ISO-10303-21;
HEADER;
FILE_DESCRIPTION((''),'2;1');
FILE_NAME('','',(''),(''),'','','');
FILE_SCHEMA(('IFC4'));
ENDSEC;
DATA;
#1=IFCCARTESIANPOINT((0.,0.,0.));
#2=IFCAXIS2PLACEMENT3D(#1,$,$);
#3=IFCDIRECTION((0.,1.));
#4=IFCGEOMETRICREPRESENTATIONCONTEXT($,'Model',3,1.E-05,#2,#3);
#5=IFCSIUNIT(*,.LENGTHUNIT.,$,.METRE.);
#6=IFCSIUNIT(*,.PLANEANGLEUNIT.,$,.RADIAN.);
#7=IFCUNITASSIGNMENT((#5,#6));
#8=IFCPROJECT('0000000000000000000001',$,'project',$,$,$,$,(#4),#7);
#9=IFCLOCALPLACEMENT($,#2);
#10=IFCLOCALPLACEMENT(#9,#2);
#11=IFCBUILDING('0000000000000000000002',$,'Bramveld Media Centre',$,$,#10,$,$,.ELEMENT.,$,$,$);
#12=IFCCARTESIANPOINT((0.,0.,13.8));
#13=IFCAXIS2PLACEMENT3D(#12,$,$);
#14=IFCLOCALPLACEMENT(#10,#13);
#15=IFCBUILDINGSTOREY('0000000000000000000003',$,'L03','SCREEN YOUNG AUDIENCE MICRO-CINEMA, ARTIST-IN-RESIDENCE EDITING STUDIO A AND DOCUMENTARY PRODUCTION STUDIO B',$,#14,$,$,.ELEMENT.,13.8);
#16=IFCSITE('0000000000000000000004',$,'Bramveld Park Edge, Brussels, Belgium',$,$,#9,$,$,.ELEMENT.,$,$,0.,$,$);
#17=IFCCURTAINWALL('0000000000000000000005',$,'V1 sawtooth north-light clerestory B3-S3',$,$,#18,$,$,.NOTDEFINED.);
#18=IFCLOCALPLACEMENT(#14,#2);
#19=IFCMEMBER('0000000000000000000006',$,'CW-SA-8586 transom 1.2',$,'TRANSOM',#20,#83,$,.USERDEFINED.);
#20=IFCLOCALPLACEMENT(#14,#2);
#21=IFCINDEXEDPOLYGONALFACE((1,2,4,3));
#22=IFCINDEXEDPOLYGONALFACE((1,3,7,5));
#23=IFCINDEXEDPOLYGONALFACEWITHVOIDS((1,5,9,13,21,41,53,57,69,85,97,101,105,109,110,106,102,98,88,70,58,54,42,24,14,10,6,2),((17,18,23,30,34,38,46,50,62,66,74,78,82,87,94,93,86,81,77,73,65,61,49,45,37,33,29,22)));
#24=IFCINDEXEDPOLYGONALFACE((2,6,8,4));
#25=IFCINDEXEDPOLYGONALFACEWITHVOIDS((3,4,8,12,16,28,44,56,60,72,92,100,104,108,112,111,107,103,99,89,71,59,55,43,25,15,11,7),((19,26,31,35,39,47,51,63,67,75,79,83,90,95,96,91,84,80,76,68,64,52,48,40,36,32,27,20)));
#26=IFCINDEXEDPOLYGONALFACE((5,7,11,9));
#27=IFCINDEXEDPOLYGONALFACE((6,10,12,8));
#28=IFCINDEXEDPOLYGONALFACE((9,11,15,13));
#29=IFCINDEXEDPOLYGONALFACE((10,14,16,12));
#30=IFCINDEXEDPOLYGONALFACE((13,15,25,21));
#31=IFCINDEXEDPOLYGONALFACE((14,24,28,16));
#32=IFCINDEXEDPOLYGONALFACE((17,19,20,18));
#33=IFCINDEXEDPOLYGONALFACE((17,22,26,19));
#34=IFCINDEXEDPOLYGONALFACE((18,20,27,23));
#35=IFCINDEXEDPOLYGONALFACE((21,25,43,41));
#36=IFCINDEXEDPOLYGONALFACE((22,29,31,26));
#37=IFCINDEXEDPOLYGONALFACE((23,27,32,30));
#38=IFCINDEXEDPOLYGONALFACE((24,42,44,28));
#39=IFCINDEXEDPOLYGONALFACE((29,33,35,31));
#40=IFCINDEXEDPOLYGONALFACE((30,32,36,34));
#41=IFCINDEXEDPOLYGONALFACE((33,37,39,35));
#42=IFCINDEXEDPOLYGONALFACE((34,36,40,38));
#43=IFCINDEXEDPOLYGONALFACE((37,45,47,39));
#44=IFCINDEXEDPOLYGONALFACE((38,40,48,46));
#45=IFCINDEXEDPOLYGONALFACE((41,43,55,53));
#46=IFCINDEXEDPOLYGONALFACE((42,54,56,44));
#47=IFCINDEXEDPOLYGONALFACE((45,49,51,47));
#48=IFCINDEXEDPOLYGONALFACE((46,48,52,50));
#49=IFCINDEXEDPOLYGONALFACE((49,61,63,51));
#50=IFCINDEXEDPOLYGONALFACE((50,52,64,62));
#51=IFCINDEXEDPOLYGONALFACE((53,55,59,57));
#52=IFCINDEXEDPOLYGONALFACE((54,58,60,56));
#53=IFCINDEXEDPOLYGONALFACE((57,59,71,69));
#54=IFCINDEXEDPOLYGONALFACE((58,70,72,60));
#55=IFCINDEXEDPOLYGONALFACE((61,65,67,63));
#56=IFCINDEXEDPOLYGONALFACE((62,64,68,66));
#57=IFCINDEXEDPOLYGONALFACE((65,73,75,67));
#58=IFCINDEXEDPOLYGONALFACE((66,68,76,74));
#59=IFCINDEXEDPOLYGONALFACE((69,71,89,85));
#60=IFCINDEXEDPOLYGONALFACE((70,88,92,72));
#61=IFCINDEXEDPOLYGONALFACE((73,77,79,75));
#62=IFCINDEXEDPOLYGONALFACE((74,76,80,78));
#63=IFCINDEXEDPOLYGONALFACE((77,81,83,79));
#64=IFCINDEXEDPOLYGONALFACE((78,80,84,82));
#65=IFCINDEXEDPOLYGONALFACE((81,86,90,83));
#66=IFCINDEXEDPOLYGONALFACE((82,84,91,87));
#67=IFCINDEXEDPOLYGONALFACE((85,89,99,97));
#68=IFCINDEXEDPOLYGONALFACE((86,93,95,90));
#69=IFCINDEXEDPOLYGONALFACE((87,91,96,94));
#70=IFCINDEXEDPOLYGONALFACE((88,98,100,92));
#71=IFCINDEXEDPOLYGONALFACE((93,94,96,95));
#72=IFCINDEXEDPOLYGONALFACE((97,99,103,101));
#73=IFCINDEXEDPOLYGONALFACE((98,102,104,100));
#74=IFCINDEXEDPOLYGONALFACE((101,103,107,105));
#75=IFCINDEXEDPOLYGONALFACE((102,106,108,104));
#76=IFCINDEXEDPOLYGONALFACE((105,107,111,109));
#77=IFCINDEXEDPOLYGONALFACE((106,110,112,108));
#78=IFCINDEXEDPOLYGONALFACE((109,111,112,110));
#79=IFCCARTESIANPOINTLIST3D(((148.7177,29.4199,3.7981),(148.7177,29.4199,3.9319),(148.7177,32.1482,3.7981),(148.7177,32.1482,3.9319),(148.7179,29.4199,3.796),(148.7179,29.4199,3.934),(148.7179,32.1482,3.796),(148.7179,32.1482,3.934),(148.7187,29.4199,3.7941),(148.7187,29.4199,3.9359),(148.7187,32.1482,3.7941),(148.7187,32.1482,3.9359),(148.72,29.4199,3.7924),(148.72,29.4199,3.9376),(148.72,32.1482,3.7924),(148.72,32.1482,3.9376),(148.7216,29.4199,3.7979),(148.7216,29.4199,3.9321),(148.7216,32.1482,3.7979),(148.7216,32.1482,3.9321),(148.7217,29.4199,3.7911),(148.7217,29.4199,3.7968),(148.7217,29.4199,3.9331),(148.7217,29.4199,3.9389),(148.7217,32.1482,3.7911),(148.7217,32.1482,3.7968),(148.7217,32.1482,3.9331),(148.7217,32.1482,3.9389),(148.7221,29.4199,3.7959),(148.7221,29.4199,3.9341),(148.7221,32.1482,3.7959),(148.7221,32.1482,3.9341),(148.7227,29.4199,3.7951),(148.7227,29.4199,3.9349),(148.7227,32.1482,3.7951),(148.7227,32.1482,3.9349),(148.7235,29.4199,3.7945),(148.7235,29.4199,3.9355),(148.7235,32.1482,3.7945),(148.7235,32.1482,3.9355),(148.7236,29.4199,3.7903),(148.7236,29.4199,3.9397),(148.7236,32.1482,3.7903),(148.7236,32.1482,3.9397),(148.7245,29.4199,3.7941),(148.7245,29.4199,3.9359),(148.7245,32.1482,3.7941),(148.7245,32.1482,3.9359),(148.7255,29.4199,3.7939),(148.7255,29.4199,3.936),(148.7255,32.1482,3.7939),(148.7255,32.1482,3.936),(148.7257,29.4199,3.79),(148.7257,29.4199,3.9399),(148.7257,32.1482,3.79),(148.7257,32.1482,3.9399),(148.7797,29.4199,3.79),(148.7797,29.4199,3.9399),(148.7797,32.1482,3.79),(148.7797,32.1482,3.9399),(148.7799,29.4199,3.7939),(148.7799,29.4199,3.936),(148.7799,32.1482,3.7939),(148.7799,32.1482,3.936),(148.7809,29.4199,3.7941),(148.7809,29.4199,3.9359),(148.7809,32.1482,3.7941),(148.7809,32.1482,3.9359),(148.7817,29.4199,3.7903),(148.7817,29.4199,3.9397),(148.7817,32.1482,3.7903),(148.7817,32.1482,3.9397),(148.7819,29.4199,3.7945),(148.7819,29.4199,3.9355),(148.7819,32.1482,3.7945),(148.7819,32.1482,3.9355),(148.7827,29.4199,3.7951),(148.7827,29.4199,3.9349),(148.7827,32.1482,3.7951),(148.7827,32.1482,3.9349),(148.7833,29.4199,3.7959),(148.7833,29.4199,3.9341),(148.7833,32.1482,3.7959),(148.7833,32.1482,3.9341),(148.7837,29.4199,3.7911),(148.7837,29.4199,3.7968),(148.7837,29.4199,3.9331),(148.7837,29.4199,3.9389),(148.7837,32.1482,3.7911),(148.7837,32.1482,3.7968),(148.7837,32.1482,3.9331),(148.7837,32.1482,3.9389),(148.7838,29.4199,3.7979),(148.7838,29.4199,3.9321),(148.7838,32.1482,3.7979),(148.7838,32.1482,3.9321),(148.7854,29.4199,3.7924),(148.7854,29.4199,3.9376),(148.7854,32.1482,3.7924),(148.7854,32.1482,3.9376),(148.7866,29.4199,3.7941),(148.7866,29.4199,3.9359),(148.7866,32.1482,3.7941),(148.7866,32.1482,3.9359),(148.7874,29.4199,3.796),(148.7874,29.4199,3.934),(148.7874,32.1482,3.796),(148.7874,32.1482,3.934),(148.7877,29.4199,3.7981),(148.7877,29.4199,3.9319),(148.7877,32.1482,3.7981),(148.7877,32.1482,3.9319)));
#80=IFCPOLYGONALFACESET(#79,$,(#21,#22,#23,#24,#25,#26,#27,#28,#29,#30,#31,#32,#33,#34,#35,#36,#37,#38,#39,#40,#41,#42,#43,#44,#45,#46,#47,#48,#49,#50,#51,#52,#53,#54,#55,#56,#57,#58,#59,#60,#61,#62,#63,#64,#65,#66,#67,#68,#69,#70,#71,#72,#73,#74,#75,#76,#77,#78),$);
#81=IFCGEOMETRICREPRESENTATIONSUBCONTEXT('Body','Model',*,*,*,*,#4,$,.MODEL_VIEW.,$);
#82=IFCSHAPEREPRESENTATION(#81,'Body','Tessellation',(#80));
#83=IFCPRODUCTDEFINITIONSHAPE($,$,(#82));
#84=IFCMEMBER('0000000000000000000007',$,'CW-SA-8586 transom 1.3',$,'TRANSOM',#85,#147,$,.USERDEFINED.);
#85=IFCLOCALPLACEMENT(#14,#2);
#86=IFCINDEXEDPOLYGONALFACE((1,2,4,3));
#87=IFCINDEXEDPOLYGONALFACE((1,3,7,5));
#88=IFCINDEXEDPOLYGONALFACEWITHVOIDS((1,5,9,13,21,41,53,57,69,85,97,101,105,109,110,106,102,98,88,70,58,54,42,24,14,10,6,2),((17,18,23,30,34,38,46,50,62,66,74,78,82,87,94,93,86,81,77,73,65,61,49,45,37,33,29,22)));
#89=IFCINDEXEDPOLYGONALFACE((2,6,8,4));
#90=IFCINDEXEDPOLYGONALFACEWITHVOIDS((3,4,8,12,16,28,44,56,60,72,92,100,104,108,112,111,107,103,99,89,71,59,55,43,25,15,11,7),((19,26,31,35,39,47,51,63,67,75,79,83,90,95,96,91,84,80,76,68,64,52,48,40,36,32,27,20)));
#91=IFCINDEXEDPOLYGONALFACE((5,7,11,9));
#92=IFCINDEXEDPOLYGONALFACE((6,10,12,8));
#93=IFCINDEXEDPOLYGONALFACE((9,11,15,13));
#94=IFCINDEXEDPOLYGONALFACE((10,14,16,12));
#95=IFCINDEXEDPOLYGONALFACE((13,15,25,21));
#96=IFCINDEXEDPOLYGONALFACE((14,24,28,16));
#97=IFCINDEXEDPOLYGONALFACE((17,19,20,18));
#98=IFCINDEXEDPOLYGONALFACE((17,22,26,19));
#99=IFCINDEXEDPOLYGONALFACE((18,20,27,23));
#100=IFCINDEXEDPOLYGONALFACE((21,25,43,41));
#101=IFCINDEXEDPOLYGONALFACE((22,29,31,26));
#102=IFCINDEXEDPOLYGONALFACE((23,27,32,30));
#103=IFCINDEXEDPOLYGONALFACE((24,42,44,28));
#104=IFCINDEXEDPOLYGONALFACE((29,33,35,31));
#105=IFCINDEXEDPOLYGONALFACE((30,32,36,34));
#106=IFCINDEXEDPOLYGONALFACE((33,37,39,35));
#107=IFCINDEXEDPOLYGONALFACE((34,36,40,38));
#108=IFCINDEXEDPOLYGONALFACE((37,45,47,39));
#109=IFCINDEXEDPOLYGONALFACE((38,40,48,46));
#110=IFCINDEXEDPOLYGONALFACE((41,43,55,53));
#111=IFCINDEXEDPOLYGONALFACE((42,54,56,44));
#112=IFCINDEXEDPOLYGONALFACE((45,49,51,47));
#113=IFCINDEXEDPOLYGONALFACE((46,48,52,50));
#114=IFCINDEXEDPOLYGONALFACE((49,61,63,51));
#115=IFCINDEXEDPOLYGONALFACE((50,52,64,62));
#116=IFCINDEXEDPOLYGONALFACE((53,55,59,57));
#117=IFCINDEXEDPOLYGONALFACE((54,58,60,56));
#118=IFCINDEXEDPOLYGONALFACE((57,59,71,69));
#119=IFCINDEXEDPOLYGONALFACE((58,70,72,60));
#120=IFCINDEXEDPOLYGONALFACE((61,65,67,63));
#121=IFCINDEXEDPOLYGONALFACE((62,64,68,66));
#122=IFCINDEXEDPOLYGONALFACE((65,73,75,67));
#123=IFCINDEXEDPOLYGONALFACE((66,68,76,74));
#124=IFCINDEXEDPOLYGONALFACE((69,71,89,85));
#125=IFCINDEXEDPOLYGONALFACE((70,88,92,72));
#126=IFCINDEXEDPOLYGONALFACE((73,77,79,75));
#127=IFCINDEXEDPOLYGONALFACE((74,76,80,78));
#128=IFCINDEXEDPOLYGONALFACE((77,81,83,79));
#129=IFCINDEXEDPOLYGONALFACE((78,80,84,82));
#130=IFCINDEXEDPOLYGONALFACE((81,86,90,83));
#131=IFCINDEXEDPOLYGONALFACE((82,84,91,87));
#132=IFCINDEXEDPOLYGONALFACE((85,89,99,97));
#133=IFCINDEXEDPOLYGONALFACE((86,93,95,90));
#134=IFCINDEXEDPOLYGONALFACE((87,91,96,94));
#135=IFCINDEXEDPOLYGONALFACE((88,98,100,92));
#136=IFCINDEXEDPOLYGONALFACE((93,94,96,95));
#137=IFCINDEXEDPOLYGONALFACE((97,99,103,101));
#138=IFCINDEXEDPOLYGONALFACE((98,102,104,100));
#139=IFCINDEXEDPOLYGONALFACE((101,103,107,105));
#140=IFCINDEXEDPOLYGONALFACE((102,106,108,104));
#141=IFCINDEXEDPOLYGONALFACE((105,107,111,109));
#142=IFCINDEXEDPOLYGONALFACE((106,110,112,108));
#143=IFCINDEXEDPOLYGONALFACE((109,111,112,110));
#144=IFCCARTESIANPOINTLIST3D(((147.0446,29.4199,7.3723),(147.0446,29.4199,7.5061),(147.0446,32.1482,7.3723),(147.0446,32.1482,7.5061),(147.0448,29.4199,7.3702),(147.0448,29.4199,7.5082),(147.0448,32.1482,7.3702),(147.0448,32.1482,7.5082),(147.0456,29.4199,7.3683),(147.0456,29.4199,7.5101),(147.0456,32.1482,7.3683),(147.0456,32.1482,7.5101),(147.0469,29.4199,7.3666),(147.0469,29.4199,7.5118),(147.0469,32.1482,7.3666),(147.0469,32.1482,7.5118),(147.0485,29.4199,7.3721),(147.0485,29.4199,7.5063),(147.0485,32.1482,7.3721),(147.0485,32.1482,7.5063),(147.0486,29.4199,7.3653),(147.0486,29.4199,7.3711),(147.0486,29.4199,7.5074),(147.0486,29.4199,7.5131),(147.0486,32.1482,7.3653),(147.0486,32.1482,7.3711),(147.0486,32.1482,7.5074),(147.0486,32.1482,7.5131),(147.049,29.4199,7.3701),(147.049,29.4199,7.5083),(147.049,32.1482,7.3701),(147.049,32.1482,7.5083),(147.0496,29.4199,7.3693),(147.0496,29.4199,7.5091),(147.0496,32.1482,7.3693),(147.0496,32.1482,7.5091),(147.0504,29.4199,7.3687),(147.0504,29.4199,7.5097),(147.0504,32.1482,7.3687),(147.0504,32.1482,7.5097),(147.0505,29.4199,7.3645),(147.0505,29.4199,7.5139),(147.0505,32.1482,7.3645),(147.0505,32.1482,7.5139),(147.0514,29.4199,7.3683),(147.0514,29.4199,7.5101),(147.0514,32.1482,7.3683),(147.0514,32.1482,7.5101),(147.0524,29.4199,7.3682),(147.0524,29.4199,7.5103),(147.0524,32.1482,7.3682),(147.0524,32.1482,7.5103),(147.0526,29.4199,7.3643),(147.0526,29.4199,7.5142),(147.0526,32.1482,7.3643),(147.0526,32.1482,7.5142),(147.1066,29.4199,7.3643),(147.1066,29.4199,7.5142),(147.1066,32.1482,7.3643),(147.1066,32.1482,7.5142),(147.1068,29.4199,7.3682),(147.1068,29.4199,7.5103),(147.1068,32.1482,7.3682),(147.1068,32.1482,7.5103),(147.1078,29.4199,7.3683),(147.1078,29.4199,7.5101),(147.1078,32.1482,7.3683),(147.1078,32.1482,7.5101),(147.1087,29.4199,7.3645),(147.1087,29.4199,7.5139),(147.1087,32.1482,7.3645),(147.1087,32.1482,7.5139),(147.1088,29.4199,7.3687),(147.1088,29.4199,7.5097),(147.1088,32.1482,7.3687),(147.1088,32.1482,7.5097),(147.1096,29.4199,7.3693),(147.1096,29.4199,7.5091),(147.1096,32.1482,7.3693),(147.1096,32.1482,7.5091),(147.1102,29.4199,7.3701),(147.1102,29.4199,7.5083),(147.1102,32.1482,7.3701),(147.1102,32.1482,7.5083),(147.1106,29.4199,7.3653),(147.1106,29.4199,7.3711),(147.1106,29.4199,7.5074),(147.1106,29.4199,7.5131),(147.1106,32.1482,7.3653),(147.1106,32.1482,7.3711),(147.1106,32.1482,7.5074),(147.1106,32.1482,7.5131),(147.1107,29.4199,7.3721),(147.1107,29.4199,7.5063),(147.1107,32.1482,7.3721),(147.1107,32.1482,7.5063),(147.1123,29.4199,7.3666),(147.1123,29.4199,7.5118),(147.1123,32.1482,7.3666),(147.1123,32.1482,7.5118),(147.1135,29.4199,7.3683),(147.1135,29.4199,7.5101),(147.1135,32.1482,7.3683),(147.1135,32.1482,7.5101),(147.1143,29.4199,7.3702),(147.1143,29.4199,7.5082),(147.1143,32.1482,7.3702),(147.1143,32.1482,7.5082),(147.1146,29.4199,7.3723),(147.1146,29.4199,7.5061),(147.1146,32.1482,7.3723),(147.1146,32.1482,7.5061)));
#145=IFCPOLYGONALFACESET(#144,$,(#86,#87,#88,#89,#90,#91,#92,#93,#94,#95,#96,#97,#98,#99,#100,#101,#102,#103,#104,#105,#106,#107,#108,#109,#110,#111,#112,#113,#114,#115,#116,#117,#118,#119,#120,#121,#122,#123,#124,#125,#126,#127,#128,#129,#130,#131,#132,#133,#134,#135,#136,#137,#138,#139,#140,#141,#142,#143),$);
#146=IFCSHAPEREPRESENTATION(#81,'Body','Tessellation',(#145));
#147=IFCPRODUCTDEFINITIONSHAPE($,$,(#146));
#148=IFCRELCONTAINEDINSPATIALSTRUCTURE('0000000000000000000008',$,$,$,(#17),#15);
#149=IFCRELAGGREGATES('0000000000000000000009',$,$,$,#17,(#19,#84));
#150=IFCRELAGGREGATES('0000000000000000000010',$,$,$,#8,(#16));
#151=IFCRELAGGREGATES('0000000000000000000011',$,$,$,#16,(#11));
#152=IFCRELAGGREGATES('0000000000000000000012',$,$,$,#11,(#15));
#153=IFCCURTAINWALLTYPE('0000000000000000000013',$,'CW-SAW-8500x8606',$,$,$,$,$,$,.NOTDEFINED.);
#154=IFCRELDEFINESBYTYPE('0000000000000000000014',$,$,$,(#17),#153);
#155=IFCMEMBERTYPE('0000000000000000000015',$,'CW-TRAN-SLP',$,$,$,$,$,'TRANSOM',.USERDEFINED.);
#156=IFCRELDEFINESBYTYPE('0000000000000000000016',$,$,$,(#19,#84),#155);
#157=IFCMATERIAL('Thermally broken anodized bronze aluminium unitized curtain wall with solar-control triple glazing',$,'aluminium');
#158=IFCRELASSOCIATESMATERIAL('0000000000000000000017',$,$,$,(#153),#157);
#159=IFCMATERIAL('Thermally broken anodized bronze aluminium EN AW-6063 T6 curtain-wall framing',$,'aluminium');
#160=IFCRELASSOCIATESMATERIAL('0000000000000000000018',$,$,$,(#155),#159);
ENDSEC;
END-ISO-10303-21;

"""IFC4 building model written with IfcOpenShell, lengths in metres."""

from ifc_helpers import new_model, si_unit, direction, frame, origin, origin_2d, place, context, subcontext, project, spatial, hollow_rectangle, extrude, material, material_profile, profile_set, type_object, element, aggregate, save


model = new_model("IFC4")

# Units and contexts
model_context = context("Model", 3, precision=1e-05, world=origin(), true_north=direction((0.0, 1.0)))
body_context = subcontext(model_context, "Body", "Model", "MODEL_VIEW")
ifc_project = project(units=[si_unit("LENGTHUNIT", "METRE"), si_unit("PLANEANGLEUNIT", "RADIAN")], contexts=[model_context])

# Site, building, storey
site_placement = place(None, origin())
site = spatial("IfcSite", under=ifc_project, at=site_placement, Name="Bramveld Park Edge, Brussels, Belgium", CompositionType="ELEMENT", RefElevation=0.0)
building_placement = place(site_placement, origin())
building = spatial("IfcBuilding", under=site, at=building_placement, Name="Bramveld Media Centre", CompositionType="ELEMENT")
storey_placement = place(building_placement, frame((0.0, 0.0, 13.8)))
storey = spatial("IfcBuildingStorey", under=building, at=storey_placement, Name="L03", Description="SCREEN YOUNG AUDIENCE MICRO-CINEMA, ARTIST-IN-RESIDENCE EDITING STUDIO A AND DOCUMENTARY PRODUCTION STUDIO B", CompositionType="ELEMENT", Elevation=13.8)

# Shared definitions
ifc_material_1 = material(Name="Thermally broken anodized bronze aluminium unitized curtain wall with solar-control triple glazing", Category="aluminium")
curtain_wall_type_1 = type_object("IfcCurtainWallType", Name="CW-SAW-8500x8606", PredefinedType="NOTDEFINED", material=ifc_material_1)

# Shared definitions
ifc_material_2 = material(Name="Thermally broken anodized bronze aluminium EN AW-6063 T6 curtain-wall framing", Category="aluminium")
ifc_material_profile_1 = material_profile(ifc_material_2, hollow_rectangle(XDim=0.0701, YDim=0.1499, WallThickness=0.0039, InnerFilletRadius=0.0039, OuterFilletRadius=0.0081, at=origin_2d()), Name="AL-TRAN 70x150")
ifc_profile_set_1 = profile_set([ifc_material_profile_1], Name="Thermally broken anodized bronze aluminium EN AW-6063 T6 curtain-wall framing")
member_type_1 = type_object("IfcMemberType", Name="CW-TRAN-SLP", ElementType="TRANSOM", PredefinedType="USERDEFINED", material=ifc_profile_set_1)

# Curtain wall, members
curtain_wall_1_placement = place(storey_placement, origin())
curtain_wall_1 = element("IfcCurtainWall", 1, at=curtain_wall_1_placement, inside=storey, type_object=curtain_wall_type_1, Name="V1 sawtooth north-light clerestory B3-S3", PredefinedType="NOTDEFINED")
member_1_placement = place(storey_placement, frame((148.7527, 29.4199, 3.865), z_axis=(0.0, 1.0, 0.0), x_axis=(-1.0, 0.0, 0.0)))
member_1 = element("IfcMember", 2, at=member_1_placement, type_object=member_type_1, Name="CW-SA-8586 transom 1.2", ObjectType="TRANSOM", PredefinedType="USERDEFINED", context=body_context, shape_type="SweptSolid", body=[
    extrude(hollow_rectangle(XDim=0.0701, YDim=0.1499, WallThickness=0.0039, InnerFilletRadius=0.0039, OuterFilletRadius=0.0081, at=origin_2d()), origin(), (0.0, 0.0, 1.0), 2.7283),
])
member_2_placement = place(storey_placement, frame((147.0796, 29.4199, 7.4392), z_axis=(0.0, 1.0, 0.0), x_axis=(-1.0, 0.0, 0.0)))
member_2 = element("IfcMember", 3, at=member_2_placement, type_object=member_type_1, Name="CW-SA-8586 transom 1.3", ObjectType="TRANSOM", PredefinedType="USERDEFINED", context=body_context, shape_type="SweptSolid", body=[
    extrude(hollow_rectangle(XDim=0.0701, YDim=0.1499, WallThickness=0.0039, InnerFilletRadius=0.0039, OuterFilletRadius=0.0081, at=origin_2d()), origin(), (0.0, 0.0, 1.0), 2.7283),
])

aggregate(curtain_wall_1, [member_1, member_2])

save(model, "model.ifc")
